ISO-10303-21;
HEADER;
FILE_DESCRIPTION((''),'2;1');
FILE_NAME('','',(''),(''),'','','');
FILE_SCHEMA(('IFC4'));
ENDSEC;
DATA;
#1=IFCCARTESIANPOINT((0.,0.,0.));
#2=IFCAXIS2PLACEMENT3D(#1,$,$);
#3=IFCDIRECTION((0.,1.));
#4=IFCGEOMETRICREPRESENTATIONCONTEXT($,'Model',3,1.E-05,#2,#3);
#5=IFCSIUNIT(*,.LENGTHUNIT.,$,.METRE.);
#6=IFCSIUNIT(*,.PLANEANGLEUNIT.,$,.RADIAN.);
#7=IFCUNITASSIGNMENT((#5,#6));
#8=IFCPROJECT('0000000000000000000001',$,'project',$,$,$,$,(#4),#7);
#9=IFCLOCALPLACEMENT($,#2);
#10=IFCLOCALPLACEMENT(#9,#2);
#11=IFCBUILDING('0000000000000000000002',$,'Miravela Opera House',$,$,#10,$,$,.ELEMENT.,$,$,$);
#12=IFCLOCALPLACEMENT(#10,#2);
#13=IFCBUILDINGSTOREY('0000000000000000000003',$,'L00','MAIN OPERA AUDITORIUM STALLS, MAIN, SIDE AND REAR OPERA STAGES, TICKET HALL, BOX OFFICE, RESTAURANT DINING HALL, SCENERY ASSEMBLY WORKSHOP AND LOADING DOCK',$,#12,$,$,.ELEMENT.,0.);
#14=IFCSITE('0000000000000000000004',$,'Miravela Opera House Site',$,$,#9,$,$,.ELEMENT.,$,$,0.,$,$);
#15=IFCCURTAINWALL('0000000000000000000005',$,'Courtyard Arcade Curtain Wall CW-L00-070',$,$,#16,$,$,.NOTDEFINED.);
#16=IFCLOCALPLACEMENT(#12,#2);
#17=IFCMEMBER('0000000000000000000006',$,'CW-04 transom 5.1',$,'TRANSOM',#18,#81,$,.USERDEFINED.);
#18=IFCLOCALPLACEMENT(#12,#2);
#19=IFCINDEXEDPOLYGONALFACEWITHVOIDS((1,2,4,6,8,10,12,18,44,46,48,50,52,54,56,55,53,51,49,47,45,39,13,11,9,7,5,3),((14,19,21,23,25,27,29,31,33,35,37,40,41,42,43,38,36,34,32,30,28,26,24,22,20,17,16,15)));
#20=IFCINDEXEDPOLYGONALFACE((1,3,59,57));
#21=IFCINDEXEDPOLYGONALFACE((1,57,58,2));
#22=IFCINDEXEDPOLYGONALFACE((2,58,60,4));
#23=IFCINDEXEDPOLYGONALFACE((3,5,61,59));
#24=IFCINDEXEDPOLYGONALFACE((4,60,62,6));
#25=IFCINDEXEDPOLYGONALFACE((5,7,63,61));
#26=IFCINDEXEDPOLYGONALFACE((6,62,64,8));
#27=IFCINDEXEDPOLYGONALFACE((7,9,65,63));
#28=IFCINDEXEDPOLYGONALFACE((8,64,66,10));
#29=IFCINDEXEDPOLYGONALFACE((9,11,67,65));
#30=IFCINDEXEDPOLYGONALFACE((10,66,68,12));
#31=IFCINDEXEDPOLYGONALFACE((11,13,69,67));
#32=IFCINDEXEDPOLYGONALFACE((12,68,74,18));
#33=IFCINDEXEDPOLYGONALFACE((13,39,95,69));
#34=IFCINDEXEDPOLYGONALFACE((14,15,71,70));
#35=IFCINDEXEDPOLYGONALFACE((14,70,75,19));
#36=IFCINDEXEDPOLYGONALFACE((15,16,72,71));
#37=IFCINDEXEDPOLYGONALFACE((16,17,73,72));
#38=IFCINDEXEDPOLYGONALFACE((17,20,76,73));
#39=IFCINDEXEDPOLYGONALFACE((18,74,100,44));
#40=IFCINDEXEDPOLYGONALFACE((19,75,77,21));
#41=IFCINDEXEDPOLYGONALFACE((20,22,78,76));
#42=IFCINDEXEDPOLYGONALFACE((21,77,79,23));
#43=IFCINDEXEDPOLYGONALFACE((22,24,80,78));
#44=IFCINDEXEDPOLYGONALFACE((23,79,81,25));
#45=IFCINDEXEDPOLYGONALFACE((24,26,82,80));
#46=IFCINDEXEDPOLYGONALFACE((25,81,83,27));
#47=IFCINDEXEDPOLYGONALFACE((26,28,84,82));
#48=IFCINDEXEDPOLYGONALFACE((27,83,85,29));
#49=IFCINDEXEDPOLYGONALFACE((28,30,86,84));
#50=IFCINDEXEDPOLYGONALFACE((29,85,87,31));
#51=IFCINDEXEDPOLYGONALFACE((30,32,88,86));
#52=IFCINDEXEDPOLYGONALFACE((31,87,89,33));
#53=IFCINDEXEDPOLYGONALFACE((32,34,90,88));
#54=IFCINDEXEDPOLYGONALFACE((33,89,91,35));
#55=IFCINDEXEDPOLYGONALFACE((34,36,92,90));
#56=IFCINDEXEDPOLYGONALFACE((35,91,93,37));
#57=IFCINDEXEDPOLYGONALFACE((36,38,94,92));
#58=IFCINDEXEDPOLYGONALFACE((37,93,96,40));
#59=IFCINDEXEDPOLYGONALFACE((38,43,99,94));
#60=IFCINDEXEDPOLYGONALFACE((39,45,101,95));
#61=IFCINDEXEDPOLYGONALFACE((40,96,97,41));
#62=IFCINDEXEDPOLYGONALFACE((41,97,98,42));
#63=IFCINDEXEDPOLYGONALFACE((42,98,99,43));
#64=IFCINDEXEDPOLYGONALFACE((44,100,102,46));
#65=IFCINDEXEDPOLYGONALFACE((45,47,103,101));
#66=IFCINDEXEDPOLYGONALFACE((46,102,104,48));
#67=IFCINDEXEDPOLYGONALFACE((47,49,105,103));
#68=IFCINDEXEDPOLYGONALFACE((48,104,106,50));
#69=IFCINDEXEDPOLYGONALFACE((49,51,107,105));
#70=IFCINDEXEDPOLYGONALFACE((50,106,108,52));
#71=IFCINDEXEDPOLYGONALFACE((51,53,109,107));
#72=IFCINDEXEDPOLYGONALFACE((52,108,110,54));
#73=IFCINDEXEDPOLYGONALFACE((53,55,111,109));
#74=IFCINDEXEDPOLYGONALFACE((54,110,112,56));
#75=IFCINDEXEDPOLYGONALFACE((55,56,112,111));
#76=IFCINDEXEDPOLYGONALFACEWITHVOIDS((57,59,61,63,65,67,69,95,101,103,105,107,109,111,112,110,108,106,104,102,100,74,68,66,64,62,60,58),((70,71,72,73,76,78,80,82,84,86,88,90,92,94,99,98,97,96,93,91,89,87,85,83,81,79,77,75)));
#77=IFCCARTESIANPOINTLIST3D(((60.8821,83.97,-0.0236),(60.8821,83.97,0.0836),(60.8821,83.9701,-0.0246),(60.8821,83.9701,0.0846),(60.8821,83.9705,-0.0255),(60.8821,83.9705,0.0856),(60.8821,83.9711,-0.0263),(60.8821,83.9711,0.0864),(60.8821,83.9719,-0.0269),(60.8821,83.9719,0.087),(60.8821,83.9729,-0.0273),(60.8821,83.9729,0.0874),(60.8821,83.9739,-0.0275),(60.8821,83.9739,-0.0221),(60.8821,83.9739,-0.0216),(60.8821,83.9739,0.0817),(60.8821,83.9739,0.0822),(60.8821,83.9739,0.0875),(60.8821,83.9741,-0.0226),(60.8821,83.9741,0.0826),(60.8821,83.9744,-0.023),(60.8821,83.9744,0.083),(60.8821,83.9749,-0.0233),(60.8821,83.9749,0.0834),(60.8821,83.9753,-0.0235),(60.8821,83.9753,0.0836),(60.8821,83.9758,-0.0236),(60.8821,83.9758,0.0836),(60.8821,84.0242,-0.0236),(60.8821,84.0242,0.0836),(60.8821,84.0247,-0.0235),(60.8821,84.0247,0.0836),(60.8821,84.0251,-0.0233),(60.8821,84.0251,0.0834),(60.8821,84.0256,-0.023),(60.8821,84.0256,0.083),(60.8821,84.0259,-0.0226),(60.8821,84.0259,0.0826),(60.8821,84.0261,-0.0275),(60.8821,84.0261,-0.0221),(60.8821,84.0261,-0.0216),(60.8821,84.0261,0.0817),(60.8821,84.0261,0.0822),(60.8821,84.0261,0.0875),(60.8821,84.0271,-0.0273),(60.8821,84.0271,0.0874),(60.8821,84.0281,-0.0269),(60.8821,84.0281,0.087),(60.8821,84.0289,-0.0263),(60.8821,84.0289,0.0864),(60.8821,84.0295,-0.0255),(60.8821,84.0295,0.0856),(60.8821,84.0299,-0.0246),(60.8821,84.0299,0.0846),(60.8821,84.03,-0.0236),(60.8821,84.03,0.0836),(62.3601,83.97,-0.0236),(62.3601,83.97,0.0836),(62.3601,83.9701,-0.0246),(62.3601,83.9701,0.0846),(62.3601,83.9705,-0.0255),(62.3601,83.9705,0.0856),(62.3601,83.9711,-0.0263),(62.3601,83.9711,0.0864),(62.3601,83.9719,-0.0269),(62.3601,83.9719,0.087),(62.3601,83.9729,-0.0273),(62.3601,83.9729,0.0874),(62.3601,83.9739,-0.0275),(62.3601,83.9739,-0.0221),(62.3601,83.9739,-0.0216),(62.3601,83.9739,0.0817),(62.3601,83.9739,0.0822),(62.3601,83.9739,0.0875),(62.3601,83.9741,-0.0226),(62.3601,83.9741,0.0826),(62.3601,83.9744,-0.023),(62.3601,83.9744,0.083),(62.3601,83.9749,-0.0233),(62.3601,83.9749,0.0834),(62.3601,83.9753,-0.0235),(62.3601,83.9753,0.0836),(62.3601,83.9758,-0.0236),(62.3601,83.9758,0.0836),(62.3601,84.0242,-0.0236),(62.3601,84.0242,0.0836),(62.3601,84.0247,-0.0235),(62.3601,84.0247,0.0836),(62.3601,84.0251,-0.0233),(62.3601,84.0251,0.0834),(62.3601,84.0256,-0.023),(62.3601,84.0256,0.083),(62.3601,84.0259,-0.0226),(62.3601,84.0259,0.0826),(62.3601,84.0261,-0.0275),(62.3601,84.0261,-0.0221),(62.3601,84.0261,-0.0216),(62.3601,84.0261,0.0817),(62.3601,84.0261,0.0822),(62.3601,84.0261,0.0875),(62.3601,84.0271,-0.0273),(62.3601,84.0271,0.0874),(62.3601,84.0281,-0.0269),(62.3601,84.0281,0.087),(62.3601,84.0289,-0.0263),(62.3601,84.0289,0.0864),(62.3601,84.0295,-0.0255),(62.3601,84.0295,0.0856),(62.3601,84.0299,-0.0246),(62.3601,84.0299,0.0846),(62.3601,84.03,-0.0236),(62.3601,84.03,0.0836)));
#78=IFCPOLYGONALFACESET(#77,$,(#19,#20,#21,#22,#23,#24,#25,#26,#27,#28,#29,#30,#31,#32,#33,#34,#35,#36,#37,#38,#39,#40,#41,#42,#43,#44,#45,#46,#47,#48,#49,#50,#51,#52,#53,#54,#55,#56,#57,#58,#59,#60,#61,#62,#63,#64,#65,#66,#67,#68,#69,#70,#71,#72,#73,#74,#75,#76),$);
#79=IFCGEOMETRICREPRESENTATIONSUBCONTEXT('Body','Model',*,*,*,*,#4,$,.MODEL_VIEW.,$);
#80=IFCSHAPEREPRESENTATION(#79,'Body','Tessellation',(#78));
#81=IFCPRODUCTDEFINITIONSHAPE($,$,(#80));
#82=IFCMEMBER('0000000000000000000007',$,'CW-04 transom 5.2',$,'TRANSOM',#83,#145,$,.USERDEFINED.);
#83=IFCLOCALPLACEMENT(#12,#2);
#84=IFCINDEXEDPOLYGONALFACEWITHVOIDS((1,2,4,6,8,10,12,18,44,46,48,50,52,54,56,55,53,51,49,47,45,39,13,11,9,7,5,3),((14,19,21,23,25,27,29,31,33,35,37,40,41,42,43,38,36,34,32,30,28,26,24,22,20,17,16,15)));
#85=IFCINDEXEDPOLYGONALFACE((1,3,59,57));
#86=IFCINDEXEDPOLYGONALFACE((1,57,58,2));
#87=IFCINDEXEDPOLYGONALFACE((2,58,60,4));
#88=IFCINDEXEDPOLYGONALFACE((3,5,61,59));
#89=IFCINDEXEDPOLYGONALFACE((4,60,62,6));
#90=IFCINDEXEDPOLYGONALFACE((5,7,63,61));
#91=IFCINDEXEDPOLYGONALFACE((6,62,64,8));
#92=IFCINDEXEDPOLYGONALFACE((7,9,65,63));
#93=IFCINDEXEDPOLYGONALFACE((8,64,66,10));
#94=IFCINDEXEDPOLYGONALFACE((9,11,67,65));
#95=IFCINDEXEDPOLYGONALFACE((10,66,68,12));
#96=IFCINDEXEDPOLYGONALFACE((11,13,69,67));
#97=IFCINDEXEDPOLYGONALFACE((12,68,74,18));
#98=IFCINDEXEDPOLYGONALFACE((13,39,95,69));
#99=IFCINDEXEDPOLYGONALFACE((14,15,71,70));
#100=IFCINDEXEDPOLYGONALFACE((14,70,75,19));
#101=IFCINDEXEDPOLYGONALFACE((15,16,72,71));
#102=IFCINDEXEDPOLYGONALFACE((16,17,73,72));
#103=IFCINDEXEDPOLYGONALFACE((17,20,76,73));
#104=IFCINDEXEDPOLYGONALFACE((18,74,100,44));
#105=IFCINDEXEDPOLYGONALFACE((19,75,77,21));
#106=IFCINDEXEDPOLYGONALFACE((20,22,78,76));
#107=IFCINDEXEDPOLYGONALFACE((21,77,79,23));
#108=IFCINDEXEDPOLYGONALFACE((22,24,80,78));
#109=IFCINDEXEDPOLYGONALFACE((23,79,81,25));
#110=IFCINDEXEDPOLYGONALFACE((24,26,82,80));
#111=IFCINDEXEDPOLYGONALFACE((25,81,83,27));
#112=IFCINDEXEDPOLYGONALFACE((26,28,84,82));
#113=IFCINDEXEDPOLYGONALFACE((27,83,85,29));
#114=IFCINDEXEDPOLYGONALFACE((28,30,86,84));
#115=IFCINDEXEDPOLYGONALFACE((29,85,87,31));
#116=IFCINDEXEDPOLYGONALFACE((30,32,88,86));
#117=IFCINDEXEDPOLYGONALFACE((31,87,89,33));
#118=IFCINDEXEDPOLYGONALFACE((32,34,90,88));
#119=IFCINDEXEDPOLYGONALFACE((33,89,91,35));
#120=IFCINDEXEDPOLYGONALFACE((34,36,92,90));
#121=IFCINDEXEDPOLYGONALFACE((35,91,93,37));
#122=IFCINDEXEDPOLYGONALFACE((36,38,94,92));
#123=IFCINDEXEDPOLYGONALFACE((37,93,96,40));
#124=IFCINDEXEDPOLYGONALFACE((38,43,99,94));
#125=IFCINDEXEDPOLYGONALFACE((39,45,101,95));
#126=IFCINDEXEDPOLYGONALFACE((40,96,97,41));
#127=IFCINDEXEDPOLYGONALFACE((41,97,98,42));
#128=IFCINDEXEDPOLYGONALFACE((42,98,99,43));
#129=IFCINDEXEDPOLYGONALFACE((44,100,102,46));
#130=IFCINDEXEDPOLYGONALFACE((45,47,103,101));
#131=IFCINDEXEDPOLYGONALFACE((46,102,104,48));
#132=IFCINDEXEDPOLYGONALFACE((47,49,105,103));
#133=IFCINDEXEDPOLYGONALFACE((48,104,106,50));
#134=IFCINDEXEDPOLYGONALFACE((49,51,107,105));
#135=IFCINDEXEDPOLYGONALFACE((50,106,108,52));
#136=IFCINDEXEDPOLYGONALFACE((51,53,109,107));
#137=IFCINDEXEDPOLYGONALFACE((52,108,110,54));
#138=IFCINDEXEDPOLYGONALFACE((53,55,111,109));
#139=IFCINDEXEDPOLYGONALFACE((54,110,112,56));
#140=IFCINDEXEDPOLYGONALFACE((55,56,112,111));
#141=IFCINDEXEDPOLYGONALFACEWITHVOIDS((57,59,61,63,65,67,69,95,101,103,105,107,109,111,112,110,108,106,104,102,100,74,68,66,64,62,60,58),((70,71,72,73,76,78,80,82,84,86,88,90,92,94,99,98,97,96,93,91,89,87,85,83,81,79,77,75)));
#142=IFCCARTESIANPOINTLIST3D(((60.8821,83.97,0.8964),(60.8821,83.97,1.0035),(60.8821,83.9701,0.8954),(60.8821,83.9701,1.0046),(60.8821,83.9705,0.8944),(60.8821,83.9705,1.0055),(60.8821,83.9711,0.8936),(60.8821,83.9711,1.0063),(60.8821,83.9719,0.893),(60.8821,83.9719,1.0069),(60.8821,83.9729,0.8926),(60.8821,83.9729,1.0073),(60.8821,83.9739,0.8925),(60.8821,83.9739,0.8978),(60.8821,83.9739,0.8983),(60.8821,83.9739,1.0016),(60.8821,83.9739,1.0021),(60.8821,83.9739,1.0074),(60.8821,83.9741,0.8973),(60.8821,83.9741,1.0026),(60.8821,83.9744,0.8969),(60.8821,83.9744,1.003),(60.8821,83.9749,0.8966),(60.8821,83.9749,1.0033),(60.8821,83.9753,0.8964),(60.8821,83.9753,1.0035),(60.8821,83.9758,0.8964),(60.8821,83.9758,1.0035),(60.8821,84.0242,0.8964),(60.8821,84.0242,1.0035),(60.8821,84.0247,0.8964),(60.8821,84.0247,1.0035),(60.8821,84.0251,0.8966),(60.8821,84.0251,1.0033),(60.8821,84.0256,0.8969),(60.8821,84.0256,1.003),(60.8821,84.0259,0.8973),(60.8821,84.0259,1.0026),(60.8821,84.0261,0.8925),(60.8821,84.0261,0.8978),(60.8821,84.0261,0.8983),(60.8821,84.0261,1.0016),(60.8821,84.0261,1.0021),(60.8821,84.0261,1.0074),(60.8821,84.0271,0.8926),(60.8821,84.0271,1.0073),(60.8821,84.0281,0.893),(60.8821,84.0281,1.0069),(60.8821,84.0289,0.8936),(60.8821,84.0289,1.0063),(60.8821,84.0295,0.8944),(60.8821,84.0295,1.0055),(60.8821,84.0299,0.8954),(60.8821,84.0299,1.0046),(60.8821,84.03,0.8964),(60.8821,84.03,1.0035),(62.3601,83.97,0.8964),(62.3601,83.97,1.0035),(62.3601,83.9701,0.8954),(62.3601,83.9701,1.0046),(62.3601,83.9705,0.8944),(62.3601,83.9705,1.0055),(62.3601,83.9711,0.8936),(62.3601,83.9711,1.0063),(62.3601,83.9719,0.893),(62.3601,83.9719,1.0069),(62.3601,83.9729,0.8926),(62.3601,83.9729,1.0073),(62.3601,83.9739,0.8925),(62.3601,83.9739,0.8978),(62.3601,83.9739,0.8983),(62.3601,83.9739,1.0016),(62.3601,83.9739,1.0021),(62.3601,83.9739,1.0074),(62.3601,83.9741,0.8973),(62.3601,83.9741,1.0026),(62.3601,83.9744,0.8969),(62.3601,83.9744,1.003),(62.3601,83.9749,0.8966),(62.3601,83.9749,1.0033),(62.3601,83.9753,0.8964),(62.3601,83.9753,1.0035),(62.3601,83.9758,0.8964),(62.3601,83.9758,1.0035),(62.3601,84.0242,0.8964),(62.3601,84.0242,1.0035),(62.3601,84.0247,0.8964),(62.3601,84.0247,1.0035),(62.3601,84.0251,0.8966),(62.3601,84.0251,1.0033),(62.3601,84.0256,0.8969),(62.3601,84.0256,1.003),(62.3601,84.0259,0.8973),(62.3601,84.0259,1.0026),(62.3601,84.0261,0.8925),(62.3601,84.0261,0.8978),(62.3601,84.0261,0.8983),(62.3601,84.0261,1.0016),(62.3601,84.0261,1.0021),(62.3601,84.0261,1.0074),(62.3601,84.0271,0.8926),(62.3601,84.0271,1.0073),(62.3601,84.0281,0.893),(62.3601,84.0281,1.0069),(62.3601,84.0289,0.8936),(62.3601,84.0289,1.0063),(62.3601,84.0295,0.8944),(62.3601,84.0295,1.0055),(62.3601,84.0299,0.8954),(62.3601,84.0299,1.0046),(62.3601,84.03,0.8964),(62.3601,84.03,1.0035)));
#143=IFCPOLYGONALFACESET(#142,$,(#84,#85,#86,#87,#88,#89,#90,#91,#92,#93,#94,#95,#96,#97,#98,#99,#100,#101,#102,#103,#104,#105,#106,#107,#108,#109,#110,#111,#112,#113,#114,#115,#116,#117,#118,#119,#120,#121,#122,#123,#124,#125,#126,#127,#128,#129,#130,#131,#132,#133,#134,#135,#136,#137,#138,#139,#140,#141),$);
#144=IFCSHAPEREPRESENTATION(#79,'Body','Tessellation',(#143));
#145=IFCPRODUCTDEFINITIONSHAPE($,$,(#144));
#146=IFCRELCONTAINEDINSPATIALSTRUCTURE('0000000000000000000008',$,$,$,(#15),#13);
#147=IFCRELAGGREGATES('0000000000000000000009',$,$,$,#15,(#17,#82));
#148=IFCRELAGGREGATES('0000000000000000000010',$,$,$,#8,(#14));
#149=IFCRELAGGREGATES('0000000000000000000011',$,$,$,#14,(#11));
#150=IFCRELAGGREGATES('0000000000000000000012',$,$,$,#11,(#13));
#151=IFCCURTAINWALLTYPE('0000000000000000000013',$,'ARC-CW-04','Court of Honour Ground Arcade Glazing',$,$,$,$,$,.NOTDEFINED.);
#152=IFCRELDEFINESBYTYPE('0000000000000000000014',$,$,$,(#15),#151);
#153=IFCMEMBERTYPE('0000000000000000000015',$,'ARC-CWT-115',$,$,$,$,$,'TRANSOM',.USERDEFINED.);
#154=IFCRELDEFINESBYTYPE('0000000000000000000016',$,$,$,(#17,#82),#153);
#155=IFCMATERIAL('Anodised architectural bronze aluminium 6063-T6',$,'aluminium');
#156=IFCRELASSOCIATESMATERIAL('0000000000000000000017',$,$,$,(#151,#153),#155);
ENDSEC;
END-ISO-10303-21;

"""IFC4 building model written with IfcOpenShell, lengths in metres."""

from ifc_helpers import new_model, si_unit, direction, frame, origin, origin_2d, place, context, subcontext, project, spatial, hollow_rectangle, extrude, material, material_profile, profile_set, type_object, element, aggregate, save


model = new_model("IFC4")

# Units and contexts
model_context = context("Model", 3, precision=1e-05, world=origin(), true_north=direction((0.0, 1.0)))
body_context = subcontext(model_context, "Body", "Model", "MODEL_VIEW")
ifc_project = project(units=[si_unit("LENGTHUNIT", "METRE"), si_unit("PLANEANGLEUNIT", "RADIAN")], contexts=[model_context])

# Site, building, storey
site_placement = place(None, origin())
site = spatial("IfcSite", under=ifc_project, at=site_placement, Name="Miravela Opera House Site", CompositionType="ELEMENT", RefElevation=0.0)
building_placement = place(site_placement, origin())
building = spatial("IfcBuilding", under=site, at=building_placement, Name="Miravela Opera House", CompositionType="ELEMENT")
storey_placement = place(building_placement, origin())
storey = spatial("IfcBuildingStorey", under=building, at=storey_placement, Name="L00", Description="MAIN OPERA AUDITORIUM STALLS, MAIN, SIDE AND REAR OPERA STAGES, TICKET HALL, BOX OFFICE, RESTAURANT DINING HALL, SCENERY ASSEMBLY WORKSHOP AND LOADING DOCK", CompositionType="ELEMENT", Elevation=0.0)

# Curtain wall, members
ifc_material_1 = material(Name="Anodised architectural bronze aluminium 6063-T6", Category="aluminium")
curtain_wall_type = type_object("IfcCurtainWallType", Name="ARC-CW-04", Description="Court of Honour Ground Arcade Glazing", PredefinedType="NOTDEFINED", material=ifc_material_1)
curtain_wall_placement = place(storey_placement, origin())
curtain_wall = element("IfcCurtainWall", 1, at=curtain_wall_placement, inside=storey, type_object=curtain_wall_type, Name="Courtyard Arcade Curtain Wall CW-L00-070", PredefinedType="NOTDEFINED")
ifc_material_profile_1 = material_profile(ifc_material_1, hollow_rectangle(XDim=0.0601, YDim=0.115, WallThickness=0.0039, InnerFilletRadius=0.002, OuterFilletRadius=0.0039, at=origin_2d()), Name="CWT-60X115")
ifc_profile_set_1 = profile_set([ifc_material_profile_1])
member_type_1 = type_object("IfcMemberType", Name="ARC-CWT-115", ElementType="TRANSOM", PredefinedType="USERDEFINED", material=ifc_profile_set_1)
member_1_placement = place(storey_placement, frame((60.8821, 84.0, 0.03), z_axis=(1.0, 0.0, 0.0), x_axis=(0.0, 1.0, 0.0)))
member_1 = element("IfcMember", 2, at=member_1_placement, type_object=member_type_1, Name="CW-04 transom 5.1", ObjectType="TRANSOM", PredefinedType="USERDEFINED", context=body_context, shape_type="SweptSolid", body=[
    extrude(hollow_rectangle(XDim=0.0601, YDim=0.115, WallThickness=0.0039, InnerFilletRadius=0.002, OuterFilletRadius=0.0039, at=origin_2d()), origin(), (0.0, 0.0, 1.0), 1.478),
])
member_2_placement = place(storey_placement, frame((60.8821, 84.0, 0.95), z_axis=(1.0, 0.0, 0.0), x_axis=(0.0, 1.0, 0.0)))
member_2 = element("IfcMember", 3, at=member_2_placement, type_object=member_type_1, Name="CW-04 transom 5.2", ObjectType="TRANSOM", PredefinedType="USERDEFINED", context=body_context, shape_type="SweptSolid", body=[
    extrude(hollow_rectangle(XDim=0.0601, YDim=0.115, WallThickness=0.0039, InnerFilletRadius=0.002, OuterFilletRadius=0.0039, at=origin_2d()), origin(), (0.0, 0.0, 1.0), 1.478),
])

aggregate(curtain_wall, [member_1, member_2])

save(model, "model.ifc")
